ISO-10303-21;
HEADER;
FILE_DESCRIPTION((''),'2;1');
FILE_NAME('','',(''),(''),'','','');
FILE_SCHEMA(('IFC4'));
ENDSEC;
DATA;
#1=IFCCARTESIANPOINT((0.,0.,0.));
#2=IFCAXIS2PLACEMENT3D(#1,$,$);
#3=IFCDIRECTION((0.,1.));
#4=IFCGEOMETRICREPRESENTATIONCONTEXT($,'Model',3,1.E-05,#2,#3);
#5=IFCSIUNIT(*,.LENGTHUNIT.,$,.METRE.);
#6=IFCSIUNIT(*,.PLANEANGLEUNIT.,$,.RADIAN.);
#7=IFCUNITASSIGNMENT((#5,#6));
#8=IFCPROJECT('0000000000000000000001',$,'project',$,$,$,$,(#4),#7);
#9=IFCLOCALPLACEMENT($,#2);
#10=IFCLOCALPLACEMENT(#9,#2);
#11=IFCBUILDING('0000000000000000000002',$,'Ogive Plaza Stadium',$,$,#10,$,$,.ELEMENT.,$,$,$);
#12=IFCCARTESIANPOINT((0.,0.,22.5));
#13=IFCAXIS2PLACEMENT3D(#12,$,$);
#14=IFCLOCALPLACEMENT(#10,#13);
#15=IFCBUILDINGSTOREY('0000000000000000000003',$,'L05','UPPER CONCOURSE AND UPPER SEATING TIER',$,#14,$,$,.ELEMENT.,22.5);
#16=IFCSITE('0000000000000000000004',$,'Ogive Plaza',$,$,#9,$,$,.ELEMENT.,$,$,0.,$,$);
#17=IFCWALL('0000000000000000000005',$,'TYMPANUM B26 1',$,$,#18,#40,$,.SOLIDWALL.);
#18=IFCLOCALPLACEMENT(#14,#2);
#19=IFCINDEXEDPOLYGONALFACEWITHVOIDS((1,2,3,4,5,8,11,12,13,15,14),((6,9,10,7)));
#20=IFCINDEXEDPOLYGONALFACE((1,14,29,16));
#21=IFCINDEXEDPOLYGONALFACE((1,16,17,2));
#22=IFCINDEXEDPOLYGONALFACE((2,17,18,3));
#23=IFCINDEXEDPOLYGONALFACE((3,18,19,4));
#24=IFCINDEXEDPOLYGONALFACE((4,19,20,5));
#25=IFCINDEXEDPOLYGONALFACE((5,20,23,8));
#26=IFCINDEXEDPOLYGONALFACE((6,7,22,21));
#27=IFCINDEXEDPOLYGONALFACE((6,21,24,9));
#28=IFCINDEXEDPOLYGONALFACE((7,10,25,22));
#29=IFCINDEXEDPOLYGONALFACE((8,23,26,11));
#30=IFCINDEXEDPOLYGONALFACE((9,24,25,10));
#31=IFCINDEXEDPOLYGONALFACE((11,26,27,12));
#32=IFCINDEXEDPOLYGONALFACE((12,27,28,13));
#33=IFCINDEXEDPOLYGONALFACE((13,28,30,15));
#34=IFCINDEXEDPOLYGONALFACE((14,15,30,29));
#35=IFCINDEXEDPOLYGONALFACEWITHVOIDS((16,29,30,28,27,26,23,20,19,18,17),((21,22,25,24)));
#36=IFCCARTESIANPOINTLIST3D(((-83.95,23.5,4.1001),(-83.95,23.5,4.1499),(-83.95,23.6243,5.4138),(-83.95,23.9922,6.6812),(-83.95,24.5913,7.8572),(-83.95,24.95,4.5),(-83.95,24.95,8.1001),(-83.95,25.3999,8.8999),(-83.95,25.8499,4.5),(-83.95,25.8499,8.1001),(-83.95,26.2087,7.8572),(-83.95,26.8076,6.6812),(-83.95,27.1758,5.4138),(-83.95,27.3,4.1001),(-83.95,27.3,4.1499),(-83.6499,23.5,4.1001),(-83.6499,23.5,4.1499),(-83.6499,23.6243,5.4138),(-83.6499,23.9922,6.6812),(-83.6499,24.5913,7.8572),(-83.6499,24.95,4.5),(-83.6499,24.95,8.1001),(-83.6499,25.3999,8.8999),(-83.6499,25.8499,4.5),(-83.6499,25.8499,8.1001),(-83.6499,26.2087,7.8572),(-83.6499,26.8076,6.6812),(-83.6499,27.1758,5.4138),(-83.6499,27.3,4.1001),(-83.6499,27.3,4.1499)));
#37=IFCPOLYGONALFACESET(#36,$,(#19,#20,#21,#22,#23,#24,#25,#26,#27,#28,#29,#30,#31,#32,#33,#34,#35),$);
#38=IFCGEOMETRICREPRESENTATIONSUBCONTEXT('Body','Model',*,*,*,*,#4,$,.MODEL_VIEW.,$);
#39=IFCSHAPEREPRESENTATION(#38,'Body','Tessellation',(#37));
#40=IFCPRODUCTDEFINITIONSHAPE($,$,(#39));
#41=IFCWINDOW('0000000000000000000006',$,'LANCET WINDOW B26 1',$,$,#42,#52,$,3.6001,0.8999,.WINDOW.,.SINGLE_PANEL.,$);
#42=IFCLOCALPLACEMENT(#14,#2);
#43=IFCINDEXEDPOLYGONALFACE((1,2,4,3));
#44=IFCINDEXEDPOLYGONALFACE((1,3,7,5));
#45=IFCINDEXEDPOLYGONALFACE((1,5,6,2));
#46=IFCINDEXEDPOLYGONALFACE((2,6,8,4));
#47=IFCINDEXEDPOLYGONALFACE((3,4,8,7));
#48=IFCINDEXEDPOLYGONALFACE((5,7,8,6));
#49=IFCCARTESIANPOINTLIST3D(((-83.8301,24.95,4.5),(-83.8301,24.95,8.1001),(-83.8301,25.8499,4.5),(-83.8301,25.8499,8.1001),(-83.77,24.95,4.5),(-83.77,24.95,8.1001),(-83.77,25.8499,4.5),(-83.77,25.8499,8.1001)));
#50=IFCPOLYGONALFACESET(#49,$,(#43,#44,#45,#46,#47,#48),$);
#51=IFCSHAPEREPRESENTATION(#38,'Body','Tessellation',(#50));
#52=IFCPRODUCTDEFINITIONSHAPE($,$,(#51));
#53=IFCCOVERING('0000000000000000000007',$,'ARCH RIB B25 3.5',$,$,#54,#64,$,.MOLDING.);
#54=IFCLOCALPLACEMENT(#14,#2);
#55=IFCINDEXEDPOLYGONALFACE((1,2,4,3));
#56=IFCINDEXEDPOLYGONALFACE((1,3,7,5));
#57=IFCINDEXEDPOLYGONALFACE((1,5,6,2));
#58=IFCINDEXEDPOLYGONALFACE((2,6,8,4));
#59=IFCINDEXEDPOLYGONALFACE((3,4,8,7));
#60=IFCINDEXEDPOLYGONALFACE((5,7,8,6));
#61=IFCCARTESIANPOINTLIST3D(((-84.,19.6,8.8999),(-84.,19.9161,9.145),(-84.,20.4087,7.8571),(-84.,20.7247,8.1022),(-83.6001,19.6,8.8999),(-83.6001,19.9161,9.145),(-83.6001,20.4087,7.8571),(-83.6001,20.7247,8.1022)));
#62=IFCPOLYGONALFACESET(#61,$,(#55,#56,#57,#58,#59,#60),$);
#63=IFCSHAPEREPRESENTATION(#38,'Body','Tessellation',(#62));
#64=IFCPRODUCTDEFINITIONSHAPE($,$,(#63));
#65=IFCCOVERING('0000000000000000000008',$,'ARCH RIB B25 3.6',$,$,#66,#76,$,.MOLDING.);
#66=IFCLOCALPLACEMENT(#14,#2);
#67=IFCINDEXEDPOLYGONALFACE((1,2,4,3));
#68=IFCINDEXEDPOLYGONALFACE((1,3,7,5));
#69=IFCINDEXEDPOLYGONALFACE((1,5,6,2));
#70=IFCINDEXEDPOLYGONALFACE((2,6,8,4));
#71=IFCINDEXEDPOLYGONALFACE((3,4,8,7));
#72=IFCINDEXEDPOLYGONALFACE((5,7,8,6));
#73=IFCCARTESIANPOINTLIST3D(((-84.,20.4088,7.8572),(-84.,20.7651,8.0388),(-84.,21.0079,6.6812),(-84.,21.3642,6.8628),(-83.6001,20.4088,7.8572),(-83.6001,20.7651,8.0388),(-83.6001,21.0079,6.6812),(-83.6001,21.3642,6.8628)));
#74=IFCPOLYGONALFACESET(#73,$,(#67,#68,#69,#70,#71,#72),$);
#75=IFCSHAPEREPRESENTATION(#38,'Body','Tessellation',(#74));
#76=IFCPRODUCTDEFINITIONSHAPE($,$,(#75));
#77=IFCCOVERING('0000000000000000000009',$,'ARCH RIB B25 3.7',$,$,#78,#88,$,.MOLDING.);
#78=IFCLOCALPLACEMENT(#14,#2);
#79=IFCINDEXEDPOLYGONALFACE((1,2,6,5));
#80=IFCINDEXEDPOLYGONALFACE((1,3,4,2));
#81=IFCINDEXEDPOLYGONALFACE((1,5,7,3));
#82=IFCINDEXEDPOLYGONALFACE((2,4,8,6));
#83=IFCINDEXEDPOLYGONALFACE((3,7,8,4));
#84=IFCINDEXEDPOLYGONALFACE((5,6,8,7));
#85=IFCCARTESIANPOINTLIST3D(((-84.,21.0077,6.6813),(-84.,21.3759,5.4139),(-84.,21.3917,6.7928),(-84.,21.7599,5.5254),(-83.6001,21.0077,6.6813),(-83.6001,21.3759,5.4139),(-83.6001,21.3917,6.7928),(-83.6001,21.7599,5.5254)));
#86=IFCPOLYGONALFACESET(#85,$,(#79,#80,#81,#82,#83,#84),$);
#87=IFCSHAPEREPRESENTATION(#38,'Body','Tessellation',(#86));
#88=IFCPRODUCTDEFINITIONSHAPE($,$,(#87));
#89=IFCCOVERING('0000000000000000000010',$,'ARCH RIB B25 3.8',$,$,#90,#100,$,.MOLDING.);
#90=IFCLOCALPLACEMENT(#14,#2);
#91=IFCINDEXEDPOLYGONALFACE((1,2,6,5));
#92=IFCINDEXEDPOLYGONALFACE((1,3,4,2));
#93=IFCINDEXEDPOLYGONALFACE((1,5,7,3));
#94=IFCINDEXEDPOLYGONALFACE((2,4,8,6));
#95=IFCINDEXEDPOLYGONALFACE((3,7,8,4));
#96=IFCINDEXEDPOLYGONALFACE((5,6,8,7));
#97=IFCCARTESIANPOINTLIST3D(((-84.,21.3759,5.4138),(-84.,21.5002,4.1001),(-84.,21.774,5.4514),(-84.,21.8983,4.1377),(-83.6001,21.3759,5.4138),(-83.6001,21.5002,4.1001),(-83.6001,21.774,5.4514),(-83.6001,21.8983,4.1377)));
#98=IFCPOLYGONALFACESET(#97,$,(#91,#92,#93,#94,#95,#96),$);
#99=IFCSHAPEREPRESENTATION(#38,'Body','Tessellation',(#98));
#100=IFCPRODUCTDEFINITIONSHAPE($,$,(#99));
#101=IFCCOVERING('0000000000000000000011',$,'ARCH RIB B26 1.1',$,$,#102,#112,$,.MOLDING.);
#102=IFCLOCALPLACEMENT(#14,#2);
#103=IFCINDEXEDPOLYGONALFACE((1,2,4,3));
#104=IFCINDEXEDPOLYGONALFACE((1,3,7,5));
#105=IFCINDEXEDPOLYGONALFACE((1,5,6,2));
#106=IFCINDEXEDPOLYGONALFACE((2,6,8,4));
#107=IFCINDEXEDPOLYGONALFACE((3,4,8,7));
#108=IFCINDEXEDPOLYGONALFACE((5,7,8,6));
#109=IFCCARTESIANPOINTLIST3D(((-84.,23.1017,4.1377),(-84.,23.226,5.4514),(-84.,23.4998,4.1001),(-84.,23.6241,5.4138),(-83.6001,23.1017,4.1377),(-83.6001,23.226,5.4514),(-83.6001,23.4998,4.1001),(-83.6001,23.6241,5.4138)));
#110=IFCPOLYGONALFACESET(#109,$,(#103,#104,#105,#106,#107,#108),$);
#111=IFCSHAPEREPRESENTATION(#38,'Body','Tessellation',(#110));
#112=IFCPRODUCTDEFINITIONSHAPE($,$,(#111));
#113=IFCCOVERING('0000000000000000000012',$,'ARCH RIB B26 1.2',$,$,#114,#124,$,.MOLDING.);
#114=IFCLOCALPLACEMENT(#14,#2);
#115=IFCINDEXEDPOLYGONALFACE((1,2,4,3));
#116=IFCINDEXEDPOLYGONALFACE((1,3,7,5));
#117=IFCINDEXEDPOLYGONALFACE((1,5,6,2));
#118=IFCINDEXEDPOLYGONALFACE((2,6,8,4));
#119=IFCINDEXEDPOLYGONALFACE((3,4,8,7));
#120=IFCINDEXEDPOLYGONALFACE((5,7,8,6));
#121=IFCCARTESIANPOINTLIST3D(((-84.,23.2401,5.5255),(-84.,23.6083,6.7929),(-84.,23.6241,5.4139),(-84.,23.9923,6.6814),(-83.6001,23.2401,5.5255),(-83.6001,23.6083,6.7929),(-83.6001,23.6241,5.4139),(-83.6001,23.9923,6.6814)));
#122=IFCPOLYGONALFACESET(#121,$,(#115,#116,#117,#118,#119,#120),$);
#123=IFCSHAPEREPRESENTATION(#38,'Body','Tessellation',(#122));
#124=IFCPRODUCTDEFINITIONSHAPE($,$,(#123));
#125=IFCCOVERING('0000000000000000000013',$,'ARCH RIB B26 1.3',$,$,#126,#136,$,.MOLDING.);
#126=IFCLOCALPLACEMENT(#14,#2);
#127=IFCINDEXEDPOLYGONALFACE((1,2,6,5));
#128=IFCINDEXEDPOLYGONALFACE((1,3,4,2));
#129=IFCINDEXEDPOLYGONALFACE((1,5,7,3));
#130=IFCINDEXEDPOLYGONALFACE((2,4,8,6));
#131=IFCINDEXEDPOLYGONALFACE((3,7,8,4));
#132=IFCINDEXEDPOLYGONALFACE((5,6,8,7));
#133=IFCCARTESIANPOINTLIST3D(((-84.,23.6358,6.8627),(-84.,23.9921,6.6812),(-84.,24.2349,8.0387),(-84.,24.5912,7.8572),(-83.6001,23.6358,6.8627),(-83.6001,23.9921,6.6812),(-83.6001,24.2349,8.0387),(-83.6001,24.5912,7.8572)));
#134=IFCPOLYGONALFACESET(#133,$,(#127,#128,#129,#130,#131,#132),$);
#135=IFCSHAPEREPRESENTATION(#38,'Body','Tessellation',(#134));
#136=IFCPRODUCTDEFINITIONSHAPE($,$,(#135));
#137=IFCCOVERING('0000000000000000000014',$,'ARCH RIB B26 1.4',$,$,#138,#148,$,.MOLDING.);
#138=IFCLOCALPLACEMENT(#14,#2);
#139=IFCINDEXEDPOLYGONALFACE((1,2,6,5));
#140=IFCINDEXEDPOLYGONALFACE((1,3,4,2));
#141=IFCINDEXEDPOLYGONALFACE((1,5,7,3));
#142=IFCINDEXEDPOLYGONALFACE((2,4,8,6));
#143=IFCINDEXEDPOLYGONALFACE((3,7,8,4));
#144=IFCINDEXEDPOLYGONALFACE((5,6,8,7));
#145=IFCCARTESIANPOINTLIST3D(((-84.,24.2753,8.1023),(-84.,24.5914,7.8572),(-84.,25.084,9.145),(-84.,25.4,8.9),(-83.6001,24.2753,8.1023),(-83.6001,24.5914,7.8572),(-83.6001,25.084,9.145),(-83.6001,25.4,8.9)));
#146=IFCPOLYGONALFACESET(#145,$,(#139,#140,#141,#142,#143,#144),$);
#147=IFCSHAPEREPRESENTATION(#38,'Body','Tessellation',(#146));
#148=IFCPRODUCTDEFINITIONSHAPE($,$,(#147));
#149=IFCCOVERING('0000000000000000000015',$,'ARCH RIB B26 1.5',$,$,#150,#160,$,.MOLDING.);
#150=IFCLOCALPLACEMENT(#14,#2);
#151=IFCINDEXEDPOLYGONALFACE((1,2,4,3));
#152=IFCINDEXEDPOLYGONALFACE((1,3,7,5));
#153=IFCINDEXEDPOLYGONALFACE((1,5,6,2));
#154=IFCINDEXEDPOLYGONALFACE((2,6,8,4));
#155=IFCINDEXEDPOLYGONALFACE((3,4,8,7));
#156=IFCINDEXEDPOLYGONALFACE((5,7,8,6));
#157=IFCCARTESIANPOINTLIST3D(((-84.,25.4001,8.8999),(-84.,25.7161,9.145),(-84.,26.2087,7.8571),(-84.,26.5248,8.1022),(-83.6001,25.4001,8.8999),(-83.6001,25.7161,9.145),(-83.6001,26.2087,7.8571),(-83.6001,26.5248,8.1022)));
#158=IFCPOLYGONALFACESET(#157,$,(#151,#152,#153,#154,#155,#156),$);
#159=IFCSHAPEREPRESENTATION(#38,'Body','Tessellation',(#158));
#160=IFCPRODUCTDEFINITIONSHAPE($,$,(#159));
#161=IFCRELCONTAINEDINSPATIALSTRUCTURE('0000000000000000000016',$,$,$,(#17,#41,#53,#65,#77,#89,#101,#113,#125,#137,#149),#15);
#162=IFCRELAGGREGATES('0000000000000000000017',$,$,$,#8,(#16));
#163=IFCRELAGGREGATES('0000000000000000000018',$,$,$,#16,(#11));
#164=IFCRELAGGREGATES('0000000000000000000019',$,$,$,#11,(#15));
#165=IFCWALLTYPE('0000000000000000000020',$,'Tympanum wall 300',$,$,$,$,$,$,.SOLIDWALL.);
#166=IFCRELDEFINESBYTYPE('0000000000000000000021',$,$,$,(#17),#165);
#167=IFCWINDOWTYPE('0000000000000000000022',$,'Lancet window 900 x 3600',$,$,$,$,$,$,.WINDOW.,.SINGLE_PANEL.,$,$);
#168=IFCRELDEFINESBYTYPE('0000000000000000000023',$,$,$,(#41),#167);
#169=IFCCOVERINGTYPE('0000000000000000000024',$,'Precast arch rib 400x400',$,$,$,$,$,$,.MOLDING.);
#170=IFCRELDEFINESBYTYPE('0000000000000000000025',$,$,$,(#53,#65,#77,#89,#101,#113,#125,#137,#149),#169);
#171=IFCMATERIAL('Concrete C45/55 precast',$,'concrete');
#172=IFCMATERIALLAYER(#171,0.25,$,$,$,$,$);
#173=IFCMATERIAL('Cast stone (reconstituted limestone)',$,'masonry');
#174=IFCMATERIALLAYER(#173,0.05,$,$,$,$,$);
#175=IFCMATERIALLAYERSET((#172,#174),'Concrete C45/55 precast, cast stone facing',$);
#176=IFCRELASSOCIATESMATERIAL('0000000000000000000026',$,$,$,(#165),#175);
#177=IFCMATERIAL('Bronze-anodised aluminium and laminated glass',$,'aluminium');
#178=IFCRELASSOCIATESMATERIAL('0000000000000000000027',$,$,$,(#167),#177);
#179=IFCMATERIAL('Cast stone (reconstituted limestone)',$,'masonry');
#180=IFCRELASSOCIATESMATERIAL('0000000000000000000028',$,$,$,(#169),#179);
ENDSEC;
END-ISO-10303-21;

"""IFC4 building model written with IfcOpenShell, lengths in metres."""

from ifc_helpers import new_model, si_unit, direction, frame, frame_2d, origin, origin_2d, place, context, subcontext, project, spatial, polyline, rectangle, outline, extrude, material, layer, layer_set, material_profile, profile_set, type_object, element, fill, save


model = new_model("IFC4")

# Units and contexts
model_context = context("Model", 3, precision=1e-05, world=origin(), true_north=direction((0.0, 1.0)))
body_context = subcontext(model_context, "Body", "Model", "MODEL_VIEW")
ifc_project = project(units=[si_unit("LENGTHUNIT", "METRE"), si_unit("PLANEANGLEUNIT", "RADIAN")], contexts=[model_context])

# Site, building, storey
site_placement = place(None, origin())
site = spatial("IfcSite", under=ifc_project, at=site_placement, Name="Ogive Plaza", CompositionType="ELEMENT", RefElevation=0.0)
building_placement = place(site_placement, origin())
building = spatial("IfcBuilding", under=site, at=building_placement, Name="Ogive Plaza Stadium", CompositionType="ELEMENT")
storey_placement = place(building_placement, frame((0.0, 0.0, 22.5)))
storey = spatial("IfcBuildingStorey", under=building, at=storey_placement, Name="L05", Description="UPPER CONCOURSE AND UPPER SEATING TIER", CompositionType="ELEMENT", Elevation=22.5)

# Wall, opening, window
ifc_material_1 = material(Name="Concrete C45/55 precast", Category="concrete")
ifc_layer_1 = layer(ifc_material_1, 0.25)
ifc_material_2 = material(Name="Cast stone (reconstituted limestone)", Category="masonry")
ifc_layer_2 = layer(ifc_material_2, 0.05)
ifc_layer_set_1 = layer_set([ifc_layer_1, ifc_layer_2], Name="Concrete C45/55 precast, cast stone facing")
wall_type = type_object("IfcWallType", Name="Tympanum wall 300", PredefinedType="SOLIDWALL", material=ifc_layer_set_1)
wall_placement = place(storey_placement, frame((-83.8, 23.5, 4.1001), z_axis=(0.0, 0.0, 1.0), x_axis=(0.0, 1.0, 0.0)))
wall = element("IfcWall", 1, at=wall_placement, inside=storey, type_object=wall_type, Name="TYMPANUM B26 1", PredefinedType="SOLIDWALL", context=body_context, shape_type="SweptSolid", body=[
    extrude(outline(polyline([(0.0, 0.0), (3.8, 0.0), (3.8, 0.0498), (3.6758, 1.3137), (3.3076, 2.5811), (2.7087, 3.7571), (1.8999, 4.7998), (1.0913, 3.7571), (0.4922, 2.5811), (0.1243, 1.3137), (0.0, 0.0498), (0.0, 0.0)])), frame((0.0, 0.1499, 0.0), z_axis=(0.0, -1.0, 0.0), x_axis=(1.0, 0.0, 0.0)), (0.0, 0.0, 1.0), 0.3),
])
opening_placement = place(wall_placement, frame((1.45, 0.0, 0.3999)))
opening = element("IfcOpeningElement", 2, at=opening_placement, cuts=wall, PredefinedType="OPENING", context=body_context, shape_type="SweptSolid", body=[
    extrude(rectangle(XDim=0.8999, YDim=3.6001, at=frame_2d((0.45, 1.8))), frame((0.0, 0.1602, 0.0), z_axis=(0.0, -1.0, 0.0), x_axis=(1.0, 0.0, 0.0)), (0.0, 0.0, 1.0), 0.3201),
])
ifc_material_3 = material(Name="Bronze-anodised aluminium and laminated glass", Category="aluminium")
window_type = type_object("IfcWindowType", Name="Lancet window 900 x 3600", PartitioningType="SINGLE_PANEL", PredefinedType="WINDOW", material=ifc_material_3)
window_placement = place(opening_placement, origin())
window = element("IfcWindow", 3, at=window_placement, inside=storey, type_object=window_type, Name="LANCET WINDOW B26 1", OverallHeight=3.6001, OverallWidth=0.8999, PartitioningType="SINGLE_PANEL", PredefinedType="WINDOW", context=body_context, shape_type="SweptSolid", body=[
    extrude(rectangle(XDim=0.8999, YDim=3.6001, at=frame_2d((0.45, 1.8))), frame((0.0, 0.03, 0.0), z_axis=(0.0, -1.0, 0.0), x_axis=(1.0, 0.0, 0.0)), (0.0, 0.0, 1.0), 0.0601),
])
fill(opening, window)

# Coverings
ifc_material_4 = material(Name="Cast stone (reconstituted limestone)", Category="masonry")
ifc_material_profile_1 = material_profile(ifc_material_4, rectangle(XDim=0.3999, YDim=0.3999, at=origin_2d()), Name="Cast stone 400x400")
ifc_profile_set_1 = profile_set([ifc_material_profile_1], Name="Cast stone (reconstituted limestone)")
covering_type = type_object("IfcCoveringType", Name="Precast arch rib 400x400", PredefinedType="MOLDING", material=ifc_profile_set_1)
covering_placement = place(storey_placement, frame((-83.8, 19.7581, 9.0225), z_axis=(0.0, 0.6128, -0.790238), x_axis=(-1.0, 0.0, 0.0)))
element("IfcCovering", 4, at=covering_placement, inside=storey, type_object=covering_type, Name="ARCH RIB B25 3.5", PredefinedType="MOLDING", context=body_context, shape_type="SweptSolid", body=[
    extrude(rectangle(XDim=0.3999, YDim=0.3999, at=origin_2d()), origin(), (0.0, 0.0, 1.0), 1.3196),
])
for number, where, z_axis, x_axis, name in (
    (5, (-83.8, 20.5869, 7.948), (0.0, 0.453934, -0.891035), (-1.0, 0.0, 0.0), "ARCH RIB B25 3.6"),
    (6, (-83.8, 21.1997, 6.7371), (0.0, 0.27897, -0.9603), (-1.0, 0.0, 0.0), "ARCH RIB B25 3.7"),
):
    element("IfcCovering", number, at=place(storey_placement, frame(where, z_axis=z_axis, x_axis=x_axis)), inside=storey, type_object=covering_type, Name=name, PredefinedType="MOLDING", context=body_context, shape_type="SweptSolid", body=[
        extrude(rectangle(XDim=0.3999, YDim=0.3999, at=origin_2d()), origin(), (0.0, 0.0, 1.0), 1.3198),
    ])
for number, where, z_axis, x_axis, name in (
    (7, (-83.8, 21.575, 5.4326), (0.0, 0.094172, -0.995556), (-1.0, 0.0, 0.0), "ARCH RIB B25 3.8"),
    (8, (-83.8, 23.3008, 4.1189), (0.0, 0.094172, 0.995556), (-1.0, 0.0, 0.0), "ARCH RIB B26 1.1"),
):
    element("IfcCovering", number, at=place(storey_placement, frame(where, z_axis=z_axis, x_axis=x_axis)), inside=storey, type_object=covering_type, Name=name, PredefinedType="MOLDING", context=body_context, shape_type="SweptSolid", body=[
        extrude(rectangle(XDim=0.3999, YDim=0.3999, at=origin_2d()), origin(), (0.0, 0.0, 1.0), 1.3196),
    ])
for number, where, z_axis, x_axis, name in (
    (9, (-83.8, 23.4321, 5.4697), (0.0, 0.27897, 0.9603), (-1.0, 0.0, 0.0), "ARCH RIB B26 1.2"),
    (10, (-83.8, 23.814, 6.772), (0.0, 0.453934, 0.891035), (-1.0, 0.0, 0.0), "ARCH RIB B26 1.3"),
):
    element("IfcCovering", number, at=place(storey_placement, frame(where, z_axis=z_axis, x_axis=x_axis)), inside=storey, type_object=covering_type, Name=name, PredefinedType="MOLDING", context=body_context, shape_type="SweptSolid", body=[
        extrude(rectangle(XDim=0.3999, YDim=0.3999, at=origin_2d()), origin(), (0.0, 0.0, 1.0), 1.3198),
    ])
for number, where, z_axis, x_axis, name in (
    (11, (-83.8, 24.4333, 7.9797), (0.0, 0.6128, 0.790238), (-1.0, 0.0, 0.0), "ARCH RIB B26 1.4"),
    (12, (-83.8, 25.5581, 9.0225), (0.0, 0.6128, -0.790238), (-1.0, 0.0, 0.0), "ARCH RIB B26 1.5"),
):
    element("IfcCovering", number, at=place(storey_placement, frame(where, z_axis=z_axis, x_axis=x_axis)), inside=storey, type_object=covering_type, Name=name, PredefinedType="MOLDING", context=body_context, shape_type="SweptSolid", body=[
        extrude(rectangle(XDim=0.3999, YDim=0.3999, at=origin_2d()), origin(), (0.0, 0.0, 1.0), 1.3196),
    ])

save(model, "model.ifc")
